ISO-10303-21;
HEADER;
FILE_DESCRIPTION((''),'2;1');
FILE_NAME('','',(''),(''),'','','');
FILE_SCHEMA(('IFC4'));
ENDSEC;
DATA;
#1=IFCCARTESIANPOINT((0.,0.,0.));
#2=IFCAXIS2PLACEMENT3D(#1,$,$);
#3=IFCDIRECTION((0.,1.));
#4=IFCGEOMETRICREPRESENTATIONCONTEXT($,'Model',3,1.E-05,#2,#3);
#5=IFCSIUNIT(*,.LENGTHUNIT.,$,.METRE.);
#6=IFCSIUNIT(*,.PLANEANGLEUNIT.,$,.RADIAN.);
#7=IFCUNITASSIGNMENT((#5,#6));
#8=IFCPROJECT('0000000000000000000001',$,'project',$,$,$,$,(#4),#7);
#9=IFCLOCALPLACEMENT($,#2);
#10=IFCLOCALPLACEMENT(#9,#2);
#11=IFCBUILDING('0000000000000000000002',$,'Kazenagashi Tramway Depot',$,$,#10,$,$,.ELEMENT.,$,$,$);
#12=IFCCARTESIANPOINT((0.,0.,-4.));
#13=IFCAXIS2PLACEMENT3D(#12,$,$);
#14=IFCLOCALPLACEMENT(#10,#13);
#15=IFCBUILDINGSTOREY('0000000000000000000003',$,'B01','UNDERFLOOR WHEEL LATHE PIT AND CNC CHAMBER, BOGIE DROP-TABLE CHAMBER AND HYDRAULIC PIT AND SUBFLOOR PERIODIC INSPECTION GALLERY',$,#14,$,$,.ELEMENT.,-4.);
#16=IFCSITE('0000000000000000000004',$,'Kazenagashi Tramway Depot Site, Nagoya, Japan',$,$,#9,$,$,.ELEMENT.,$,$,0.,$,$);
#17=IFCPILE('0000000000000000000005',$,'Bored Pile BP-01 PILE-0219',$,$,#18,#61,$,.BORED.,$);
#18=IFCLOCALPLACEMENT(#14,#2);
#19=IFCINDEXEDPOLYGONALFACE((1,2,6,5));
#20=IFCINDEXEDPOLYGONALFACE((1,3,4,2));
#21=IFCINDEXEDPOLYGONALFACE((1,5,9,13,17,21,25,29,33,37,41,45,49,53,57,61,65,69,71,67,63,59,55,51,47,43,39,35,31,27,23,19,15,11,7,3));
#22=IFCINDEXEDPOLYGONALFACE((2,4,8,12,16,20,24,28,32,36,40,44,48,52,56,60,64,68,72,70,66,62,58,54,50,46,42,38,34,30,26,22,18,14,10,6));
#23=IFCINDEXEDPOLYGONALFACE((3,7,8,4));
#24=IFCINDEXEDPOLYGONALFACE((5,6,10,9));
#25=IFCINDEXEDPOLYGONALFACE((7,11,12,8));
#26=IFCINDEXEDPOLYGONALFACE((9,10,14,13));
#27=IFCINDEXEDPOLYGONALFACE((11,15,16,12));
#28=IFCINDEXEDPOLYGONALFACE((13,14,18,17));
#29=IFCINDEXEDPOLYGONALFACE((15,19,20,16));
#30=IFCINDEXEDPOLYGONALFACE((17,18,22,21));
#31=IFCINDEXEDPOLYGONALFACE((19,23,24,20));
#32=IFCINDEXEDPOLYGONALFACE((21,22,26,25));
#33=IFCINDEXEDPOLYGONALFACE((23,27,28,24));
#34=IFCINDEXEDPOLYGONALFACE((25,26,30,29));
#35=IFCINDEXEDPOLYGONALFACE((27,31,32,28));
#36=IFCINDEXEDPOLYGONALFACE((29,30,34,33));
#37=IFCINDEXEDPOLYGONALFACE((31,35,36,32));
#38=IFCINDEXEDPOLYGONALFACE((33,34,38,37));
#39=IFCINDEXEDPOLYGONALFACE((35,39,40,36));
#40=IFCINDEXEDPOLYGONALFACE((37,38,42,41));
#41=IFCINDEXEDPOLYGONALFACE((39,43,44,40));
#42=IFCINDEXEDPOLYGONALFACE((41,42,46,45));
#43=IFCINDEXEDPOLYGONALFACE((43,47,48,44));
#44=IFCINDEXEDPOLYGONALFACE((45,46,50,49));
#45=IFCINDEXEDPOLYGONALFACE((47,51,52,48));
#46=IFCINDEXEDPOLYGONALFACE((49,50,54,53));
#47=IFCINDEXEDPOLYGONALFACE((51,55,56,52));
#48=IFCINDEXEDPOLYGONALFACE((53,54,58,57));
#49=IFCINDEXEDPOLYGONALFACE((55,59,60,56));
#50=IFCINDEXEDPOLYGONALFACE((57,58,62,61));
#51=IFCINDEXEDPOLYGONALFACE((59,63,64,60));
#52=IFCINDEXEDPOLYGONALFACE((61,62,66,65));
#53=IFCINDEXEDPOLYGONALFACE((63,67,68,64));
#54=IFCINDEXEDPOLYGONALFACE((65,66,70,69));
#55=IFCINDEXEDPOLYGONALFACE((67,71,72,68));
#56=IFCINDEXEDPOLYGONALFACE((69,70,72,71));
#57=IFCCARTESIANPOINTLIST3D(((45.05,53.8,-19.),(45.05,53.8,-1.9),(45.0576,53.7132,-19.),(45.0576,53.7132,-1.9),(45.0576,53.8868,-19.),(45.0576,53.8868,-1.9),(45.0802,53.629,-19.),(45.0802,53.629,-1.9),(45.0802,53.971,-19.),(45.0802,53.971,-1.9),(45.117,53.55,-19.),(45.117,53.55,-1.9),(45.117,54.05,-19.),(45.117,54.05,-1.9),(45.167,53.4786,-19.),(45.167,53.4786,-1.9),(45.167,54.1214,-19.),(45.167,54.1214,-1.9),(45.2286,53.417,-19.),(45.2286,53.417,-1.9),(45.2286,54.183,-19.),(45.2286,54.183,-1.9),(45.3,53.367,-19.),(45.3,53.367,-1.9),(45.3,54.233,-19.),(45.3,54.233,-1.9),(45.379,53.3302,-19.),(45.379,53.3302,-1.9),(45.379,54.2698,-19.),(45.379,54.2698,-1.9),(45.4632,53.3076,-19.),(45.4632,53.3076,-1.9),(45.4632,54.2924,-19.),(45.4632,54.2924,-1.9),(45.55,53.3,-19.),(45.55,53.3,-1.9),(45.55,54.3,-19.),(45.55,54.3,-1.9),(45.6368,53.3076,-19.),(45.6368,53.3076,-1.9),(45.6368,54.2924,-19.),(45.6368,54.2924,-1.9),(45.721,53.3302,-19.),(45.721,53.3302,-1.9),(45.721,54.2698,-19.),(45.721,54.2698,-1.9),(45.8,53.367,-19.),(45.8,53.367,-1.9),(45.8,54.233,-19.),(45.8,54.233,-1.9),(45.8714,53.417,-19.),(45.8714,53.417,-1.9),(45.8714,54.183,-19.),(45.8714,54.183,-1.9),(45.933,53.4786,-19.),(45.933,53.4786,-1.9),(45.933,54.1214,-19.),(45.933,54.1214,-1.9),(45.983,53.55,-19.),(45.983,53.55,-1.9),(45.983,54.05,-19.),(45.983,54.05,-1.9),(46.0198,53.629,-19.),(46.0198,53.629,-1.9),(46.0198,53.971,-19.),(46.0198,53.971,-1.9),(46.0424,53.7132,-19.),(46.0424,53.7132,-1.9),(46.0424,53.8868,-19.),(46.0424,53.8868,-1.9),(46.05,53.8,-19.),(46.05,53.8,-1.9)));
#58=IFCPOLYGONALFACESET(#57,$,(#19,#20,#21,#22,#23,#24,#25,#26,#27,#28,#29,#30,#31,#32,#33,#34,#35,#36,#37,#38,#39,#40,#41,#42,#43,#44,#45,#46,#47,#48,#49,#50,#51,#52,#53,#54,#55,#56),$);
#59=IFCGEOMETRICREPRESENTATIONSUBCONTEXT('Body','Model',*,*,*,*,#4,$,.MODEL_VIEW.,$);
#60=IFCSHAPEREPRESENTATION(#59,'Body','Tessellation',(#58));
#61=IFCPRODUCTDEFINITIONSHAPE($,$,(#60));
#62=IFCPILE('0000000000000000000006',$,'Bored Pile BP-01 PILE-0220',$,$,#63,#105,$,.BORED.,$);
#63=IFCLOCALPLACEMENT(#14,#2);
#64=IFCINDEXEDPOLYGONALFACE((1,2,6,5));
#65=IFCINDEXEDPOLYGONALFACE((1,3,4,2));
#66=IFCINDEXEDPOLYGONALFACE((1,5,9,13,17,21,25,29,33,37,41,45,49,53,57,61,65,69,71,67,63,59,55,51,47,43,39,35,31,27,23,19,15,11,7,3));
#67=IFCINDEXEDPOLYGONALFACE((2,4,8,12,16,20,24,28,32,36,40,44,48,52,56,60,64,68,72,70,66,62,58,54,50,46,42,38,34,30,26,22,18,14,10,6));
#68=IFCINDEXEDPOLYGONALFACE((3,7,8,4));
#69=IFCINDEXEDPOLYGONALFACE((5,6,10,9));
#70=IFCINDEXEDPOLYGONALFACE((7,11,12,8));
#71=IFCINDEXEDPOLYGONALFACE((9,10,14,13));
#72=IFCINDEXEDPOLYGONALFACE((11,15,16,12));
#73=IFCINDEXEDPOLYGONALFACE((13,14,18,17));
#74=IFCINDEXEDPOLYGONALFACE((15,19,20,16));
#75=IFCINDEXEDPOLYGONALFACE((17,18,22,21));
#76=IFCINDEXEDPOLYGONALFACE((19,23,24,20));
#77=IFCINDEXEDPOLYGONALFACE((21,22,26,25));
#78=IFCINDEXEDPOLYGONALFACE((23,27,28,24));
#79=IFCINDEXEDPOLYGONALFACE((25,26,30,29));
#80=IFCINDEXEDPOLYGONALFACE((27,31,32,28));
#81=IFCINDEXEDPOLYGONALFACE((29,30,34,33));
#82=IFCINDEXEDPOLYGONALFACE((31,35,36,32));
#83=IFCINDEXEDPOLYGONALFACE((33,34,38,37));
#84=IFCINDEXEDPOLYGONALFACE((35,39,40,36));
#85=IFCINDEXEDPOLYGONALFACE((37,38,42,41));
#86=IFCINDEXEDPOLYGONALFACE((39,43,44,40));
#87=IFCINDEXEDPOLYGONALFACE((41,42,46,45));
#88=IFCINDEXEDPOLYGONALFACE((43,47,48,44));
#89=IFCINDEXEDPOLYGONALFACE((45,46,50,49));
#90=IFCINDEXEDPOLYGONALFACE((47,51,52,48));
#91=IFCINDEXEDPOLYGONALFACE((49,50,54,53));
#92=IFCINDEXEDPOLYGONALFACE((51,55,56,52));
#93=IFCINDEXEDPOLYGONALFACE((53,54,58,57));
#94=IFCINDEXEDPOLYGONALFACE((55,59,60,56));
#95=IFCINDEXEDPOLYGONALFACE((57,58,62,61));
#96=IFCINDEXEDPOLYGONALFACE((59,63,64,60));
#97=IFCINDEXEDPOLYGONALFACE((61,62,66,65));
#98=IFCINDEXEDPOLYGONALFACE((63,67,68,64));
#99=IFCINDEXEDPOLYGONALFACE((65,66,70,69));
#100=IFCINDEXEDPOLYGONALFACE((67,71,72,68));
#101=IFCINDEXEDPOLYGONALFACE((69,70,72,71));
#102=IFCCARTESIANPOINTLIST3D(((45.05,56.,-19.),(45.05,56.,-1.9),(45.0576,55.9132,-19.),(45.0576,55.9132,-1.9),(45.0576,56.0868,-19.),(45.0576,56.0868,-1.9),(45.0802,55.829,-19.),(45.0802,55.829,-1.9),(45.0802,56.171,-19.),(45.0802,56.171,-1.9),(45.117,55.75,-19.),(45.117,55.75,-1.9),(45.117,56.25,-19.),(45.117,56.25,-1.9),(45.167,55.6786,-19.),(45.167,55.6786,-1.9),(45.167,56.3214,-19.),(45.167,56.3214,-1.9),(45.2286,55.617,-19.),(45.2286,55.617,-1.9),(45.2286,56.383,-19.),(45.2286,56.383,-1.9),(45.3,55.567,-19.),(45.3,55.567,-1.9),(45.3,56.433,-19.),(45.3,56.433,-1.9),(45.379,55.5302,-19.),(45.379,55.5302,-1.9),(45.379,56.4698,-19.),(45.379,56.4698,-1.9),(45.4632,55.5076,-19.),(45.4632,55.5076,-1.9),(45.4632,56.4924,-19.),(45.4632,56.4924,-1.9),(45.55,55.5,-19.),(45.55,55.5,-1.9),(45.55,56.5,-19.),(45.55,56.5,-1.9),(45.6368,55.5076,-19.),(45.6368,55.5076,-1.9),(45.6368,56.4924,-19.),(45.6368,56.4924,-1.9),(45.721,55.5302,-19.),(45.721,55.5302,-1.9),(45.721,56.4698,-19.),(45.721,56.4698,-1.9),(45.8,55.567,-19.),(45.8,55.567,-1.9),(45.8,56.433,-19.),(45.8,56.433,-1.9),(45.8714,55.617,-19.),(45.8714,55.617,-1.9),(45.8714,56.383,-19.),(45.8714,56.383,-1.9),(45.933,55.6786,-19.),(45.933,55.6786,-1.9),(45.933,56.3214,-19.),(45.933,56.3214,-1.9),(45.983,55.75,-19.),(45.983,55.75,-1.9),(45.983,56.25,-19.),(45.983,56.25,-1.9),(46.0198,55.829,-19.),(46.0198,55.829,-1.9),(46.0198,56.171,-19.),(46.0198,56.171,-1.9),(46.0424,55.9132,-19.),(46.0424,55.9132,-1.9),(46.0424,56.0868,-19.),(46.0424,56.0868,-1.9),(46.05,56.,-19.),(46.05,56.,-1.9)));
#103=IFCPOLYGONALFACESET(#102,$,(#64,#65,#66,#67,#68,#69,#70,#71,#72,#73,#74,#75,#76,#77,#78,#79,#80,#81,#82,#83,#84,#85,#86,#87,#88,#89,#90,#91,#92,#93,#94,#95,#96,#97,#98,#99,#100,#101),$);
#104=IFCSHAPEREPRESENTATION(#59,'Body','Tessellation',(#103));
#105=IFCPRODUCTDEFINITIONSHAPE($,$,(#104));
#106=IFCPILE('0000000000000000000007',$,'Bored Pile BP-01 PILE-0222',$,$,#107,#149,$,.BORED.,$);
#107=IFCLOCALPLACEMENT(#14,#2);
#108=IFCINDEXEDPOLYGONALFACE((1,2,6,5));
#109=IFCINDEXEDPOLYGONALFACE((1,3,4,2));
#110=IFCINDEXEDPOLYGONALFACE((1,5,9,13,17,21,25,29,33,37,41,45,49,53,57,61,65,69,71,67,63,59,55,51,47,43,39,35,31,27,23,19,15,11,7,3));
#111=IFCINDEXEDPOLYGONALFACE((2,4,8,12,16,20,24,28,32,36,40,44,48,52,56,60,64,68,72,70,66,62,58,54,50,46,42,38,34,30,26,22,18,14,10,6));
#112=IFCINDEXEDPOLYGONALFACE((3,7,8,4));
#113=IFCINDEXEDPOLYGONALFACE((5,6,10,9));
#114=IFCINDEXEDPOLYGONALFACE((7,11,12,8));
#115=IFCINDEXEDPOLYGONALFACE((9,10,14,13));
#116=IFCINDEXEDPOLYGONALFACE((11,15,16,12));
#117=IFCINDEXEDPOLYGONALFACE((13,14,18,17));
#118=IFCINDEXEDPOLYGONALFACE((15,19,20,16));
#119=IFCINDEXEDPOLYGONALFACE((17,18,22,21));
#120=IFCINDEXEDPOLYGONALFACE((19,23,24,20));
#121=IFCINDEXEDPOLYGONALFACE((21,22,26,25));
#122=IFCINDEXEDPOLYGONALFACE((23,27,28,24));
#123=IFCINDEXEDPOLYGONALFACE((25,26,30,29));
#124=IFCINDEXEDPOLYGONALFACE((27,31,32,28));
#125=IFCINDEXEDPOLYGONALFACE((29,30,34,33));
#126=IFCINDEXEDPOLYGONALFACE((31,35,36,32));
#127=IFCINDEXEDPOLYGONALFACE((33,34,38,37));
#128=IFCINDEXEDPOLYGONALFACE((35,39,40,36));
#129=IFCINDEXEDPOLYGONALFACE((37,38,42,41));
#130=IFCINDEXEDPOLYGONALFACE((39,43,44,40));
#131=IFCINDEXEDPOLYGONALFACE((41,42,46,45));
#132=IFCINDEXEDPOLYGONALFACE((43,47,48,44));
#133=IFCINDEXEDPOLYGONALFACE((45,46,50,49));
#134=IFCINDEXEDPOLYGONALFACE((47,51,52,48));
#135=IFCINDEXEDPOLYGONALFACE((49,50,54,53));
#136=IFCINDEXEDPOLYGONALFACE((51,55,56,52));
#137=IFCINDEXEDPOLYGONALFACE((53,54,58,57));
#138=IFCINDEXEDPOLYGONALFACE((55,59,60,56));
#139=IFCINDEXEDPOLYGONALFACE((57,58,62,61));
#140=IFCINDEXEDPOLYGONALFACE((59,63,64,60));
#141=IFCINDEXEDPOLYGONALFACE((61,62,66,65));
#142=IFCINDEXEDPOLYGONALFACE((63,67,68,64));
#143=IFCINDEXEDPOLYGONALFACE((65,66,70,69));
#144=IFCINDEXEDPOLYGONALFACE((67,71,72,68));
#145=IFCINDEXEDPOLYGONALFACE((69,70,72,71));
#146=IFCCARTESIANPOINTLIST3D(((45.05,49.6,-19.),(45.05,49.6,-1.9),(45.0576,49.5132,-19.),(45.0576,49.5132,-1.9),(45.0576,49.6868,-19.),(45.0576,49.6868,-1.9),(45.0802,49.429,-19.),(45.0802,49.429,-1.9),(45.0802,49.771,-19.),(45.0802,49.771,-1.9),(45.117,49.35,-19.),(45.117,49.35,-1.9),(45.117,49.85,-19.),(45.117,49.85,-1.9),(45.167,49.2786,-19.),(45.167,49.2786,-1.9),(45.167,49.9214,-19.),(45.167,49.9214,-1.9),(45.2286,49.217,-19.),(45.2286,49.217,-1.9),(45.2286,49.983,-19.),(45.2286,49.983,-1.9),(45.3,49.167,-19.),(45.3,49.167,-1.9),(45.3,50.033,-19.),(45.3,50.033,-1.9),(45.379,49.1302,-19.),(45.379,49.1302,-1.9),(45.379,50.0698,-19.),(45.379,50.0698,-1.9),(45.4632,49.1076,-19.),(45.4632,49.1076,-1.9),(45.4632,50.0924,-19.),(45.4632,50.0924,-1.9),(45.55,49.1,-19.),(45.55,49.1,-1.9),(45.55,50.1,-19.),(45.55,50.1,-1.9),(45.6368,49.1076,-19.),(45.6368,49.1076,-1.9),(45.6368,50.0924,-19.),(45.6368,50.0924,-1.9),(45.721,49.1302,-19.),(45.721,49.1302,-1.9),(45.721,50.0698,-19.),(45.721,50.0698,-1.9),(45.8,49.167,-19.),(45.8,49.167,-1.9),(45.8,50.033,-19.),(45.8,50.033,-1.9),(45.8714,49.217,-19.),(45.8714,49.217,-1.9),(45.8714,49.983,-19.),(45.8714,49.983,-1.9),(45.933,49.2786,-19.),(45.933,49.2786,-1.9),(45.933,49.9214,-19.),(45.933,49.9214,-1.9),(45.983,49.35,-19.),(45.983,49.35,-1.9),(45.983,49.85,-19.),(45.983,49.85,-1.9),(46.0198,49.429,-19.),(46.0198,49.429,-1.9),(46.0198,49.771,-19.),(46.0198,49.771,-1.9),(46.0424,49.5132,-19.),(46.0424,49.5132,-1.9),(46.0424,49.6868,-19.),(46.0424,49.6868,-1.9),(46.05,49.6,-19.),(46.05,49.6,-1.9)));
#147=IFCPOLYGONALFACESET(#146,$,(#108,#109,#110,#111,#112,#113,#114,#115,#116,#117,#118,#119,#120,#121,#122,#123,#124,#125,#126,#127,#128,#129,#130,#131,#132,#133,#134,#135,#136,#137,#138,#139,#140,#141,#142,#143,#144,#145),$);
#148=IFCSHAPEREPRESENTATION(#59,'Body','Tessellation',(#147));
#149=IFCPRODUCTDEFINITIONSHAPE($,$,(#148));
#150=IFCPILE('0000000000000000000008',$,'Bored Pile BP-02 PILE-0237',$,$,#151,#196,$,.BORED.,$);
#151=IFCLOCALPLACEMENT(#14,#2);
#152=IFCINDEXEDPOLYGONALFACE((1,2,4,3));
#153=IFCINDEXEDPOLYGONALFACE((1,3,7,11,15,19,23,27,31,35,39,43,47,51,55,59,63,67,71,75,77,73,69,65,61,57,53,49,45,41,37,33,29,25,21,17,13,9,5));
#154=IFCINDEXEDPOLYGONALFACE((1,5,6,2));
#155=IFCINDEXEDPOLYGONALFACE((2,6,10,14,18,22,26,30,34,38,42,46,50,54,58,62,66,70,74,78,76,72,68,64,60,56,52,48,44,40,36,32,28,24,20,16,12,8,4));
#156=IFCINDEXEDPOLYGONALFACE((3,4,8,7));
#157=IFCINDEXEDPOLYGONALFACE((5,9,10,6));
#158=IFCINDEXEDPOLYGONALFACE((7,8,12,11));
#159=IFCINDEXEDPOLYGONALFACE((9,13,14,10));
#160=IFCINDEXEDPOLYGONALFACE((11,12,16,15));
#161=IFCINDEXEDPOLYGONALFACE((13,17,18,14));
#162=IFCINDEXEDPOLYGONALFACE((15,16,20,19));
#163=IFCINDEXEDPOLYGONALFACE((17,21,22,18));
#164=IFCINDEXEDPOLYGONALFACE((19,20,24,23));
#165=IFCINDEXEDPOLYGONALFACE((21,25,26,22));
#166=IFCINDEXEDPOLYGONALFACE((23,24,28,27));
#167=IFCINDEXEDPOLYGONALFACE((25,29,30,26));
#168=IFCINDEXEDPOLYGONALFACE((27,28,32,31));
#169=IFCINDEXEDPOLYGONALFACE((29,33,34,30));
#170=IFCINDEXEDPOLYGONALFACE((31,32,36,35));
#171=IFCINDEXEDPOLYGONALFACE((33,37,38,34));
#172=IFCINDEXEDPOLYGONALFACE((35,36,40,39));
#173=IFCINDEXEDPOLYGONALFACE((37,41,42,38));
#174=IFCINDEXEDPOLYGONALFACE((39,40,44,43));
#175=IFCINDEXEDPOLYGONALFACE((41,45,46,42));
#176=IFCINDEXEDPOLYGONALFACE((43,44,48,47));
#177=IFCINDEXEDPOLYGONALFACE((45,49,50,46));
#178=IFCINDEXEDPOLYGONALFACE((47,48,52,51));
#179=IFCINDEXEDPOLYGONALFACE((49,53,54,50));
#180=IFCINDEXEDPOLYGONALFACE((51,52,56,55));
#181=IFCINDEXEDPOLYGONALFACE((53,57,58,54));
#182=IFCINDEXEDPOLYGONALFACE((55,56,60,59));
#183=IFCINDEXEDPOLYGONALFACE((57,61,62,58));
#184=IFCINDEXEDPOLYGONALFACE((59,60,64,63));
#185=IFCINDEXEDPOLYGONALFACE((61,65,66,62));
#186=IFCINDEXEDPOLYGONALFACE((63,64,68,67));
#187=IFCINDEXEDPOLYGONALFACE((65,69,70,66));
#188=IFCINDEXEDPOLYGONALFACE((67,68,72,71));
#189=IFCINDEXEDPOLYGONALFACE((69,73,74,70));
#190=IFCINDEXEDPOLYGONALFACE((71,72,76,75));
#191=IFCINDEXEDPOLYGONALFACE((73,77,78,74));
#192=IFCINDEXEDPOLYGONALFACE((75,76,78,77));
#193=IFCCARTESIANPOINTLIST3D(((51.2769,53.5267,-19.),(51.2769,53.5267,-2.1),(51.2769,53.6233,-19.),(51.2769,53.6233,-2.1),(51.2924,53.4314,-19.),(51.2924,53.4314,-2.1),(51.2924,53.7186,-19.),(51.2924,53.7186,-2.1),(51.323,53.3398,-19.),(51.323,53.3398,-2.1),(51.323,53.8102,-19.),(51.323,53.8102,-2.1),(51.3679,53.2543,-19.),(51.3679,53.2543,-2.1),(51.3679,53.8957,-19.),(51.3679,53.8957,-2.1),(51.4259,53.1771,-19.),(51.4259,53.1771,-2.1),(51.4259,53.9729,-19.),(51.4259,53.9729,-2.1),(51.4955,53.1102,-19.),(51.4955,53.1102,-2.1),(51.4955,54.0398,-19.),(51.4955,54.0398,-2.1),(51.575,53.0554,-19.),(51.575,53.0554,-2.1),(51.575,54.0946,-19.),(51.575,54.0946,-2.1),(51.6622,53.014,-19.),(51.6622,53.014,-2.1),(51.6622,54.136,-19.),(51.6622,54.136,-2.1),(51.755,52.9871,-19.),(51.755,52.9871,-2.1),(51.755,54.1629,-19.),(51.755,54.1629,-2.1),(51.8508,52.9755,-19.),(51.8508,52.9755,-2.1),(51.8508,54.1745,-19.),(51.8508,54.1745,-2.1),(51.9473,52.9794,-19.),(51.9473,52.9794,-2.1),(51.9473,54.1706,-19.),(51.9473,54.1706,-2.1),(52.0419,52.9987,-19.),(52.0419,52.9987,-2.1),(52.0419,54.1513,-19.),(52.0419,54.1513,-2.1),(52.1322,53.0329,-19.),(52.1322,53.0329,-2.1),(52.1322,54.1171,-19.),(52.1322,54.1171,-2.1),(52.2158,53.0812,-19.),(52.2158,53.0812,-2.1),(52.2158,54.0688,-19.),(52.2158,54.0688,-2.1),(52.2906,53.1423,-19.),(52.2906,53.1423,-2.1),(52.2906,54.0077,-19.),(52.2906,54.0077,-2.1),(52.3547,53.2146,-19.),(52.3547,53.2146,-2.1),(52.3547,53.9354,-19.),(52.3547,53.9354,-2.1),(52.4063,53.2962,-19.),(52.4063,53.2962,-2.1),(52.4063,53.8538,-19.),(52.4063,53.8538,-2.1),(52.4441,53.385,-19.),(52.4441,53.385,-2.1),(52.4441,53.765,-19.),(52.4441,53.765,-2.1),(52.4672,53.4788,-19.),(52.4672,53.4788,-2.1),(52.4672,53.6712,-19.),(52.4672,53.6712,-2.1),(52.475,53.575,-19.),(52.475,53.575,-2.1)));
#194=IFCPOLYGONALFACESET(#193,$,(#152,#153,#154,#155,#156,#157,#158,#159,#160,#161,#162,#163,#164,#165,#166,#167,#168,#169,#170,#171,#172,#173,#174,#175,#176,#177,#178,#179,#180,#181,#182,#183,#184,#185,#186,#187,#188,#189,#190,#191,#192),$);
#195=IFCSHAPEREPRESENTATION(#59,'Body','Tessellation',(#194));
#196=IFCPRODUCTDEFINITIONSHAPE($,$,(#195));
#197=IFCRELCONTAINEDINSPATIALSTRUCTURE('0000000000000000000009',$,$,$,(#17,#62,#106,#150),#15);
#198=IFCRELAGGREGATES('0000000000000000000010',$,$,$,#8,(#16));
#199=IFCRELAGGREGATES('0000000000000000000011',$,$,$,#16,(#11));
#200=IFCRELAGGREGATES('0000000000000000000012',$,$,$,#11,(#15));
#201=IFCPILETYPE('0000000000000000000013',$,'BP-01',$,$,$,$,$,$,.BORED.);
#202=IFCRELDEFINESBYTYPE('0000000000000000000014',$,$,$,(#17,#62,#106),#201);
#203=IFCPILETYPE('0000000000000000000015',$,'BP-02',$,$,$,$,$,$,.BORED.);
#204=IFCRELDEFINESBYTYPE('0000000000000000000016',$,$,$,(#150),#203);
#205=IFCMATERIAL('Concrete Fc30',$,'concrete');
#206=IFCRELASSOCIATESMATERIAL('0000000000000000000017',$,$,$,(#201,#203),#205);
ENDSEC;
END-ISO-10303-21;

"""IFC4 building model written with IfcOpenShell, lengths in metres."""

from ifc_helpers import new_model, si_unit, direction, frame, origin, origin_2d, place, context, subcontext, project, spatial, circle, extrude, material, material_profile, profile_set, type_object, element, save


model = new_model("IFC4")

# Units and contexts
model_context = context("Model", 3, precision=1e-05, world=origin(), true_north=direction((0.0, 1.0)))
body_context = subcontext(model_context, "Body", "Model", "MODEL_VIEW")
ifc_project = project(units=[si_unit("LENGTHUNIT", "METRE"), si_unit("PLANEANGLEUNIT", "RADIAN")], contexts=[model_context])

# Site, building, storey
site_placement = place(None, origin())
site = spatial("IfcSite", under=ifc_project, at=site_placement, Name="Kazenagashi Tramway Depot Site, Nagoya, Japan", CompositionType="ELEMENT", RefElevation=0.0)
building_placement = place(site_placement, origin())
building = spatial("IfcBuilding", under=site, at=building_placement, Name="Kazenagashi Tramway Depot", CompositionType="ELEMENT")
storey_placement = place(building_placement, frame((0.0, 0.0, -4.0)))
storey = spatial("IfcBuildingStorey", under=building, at=storey_placement, Name="B01", Description="UNDERFLOOR WHEEL LATHE PIT AND CNC CHAMBER, BOGIE DROP-TABLE CHAMBER AND HYDRAULIC PIT AND SUBFLOOR PERIODIC INSPECTION GALLERY", CompositionType="ELEMENT", Elevation=-4.0)

# Piles
ifc_material_1 = material(Name="Concrete Fc30", Category="concrete")
ifc_material_profile_1 = material_profile(ifc_material_1, circle(Radius=0.5, at=origin_2d()), Name="PILE-1000")
ifc_profile_set_1 = profile_set([ifc_material_profile_1], Name="Concrete Fc30")
pile_type_1 = type_object("IfcPileType", Name="BP-01", PredefinedType="BORED", material=ifc_profile_set_1)
for number, where, z_axis, x_axis, name in (
    (1, (45.55, 53.8, -1.9), (0.0, 0.0, -1.0), (1.0, 0.0, 0.0), "Bored Pile BP-01 PILE-0219"),
    (2, (45.55, 56.0, -1.9), (0.0, 0.0, -1.0), (1.0, 0.0, 0.0), "Bored Pile BP-01 PILE-0220"),
    (3, (45.55, 49.6, -1.9), (0.0, 0.0, -1.0), (1.0, 0.0, 0.0), "Bored Pile BP-01 PILE-0222"),
):
    element("IfcPile", number, at=place(storey_placement, frame(where, z_axis=z_axis, x_axis=x_axis)), inside=storey, type_object=pile_type_1, Name=name, PredefinedType="BORED", context=body_context, shape_type="SweptSolid", body=[
        extrude(circle(Radius=0.5, at=origin_2d()), origin(), (0.0, 0.0, 1.0), 17.1),
    ])
ifc_material_profile_2 = material_profile(ifc_material_1, circle(Radius=0.6, at=origin_2d()), Name="PILE-1200")
ifc_profile_set_2 = profile_set([ifc_material_profile_2], Name="Concrete Fc30")
pile_type_2 = type_object("IfcPileType", Name="BP-02", PredefinedType="BORED", material=ifc_profile_set_2)
for number, where, z_axis, x_axis, name in (
    (4, (51.875, 53.575, -2.1), (0.0, 0.0, -1.0), (1.0, 0.0, 0.0), "Bored Pile BP-02 PILE-0237"),
):
    element("IfcPile", number, at=place(storey_placement, frame(where, z_axis=z_axis, x_axis=x_axis)), inside=storey, type_object=pile_type_2, Name=name, PredefinedType="BORED", context=body_context, shape_type="SweptSolid", body=[
        extrude(circle(Radius=0.6, at=origin_2d()), origin(), (0.0, 0.0, 1.0), 16.9),
    ])

save(model, "model.ifc")
